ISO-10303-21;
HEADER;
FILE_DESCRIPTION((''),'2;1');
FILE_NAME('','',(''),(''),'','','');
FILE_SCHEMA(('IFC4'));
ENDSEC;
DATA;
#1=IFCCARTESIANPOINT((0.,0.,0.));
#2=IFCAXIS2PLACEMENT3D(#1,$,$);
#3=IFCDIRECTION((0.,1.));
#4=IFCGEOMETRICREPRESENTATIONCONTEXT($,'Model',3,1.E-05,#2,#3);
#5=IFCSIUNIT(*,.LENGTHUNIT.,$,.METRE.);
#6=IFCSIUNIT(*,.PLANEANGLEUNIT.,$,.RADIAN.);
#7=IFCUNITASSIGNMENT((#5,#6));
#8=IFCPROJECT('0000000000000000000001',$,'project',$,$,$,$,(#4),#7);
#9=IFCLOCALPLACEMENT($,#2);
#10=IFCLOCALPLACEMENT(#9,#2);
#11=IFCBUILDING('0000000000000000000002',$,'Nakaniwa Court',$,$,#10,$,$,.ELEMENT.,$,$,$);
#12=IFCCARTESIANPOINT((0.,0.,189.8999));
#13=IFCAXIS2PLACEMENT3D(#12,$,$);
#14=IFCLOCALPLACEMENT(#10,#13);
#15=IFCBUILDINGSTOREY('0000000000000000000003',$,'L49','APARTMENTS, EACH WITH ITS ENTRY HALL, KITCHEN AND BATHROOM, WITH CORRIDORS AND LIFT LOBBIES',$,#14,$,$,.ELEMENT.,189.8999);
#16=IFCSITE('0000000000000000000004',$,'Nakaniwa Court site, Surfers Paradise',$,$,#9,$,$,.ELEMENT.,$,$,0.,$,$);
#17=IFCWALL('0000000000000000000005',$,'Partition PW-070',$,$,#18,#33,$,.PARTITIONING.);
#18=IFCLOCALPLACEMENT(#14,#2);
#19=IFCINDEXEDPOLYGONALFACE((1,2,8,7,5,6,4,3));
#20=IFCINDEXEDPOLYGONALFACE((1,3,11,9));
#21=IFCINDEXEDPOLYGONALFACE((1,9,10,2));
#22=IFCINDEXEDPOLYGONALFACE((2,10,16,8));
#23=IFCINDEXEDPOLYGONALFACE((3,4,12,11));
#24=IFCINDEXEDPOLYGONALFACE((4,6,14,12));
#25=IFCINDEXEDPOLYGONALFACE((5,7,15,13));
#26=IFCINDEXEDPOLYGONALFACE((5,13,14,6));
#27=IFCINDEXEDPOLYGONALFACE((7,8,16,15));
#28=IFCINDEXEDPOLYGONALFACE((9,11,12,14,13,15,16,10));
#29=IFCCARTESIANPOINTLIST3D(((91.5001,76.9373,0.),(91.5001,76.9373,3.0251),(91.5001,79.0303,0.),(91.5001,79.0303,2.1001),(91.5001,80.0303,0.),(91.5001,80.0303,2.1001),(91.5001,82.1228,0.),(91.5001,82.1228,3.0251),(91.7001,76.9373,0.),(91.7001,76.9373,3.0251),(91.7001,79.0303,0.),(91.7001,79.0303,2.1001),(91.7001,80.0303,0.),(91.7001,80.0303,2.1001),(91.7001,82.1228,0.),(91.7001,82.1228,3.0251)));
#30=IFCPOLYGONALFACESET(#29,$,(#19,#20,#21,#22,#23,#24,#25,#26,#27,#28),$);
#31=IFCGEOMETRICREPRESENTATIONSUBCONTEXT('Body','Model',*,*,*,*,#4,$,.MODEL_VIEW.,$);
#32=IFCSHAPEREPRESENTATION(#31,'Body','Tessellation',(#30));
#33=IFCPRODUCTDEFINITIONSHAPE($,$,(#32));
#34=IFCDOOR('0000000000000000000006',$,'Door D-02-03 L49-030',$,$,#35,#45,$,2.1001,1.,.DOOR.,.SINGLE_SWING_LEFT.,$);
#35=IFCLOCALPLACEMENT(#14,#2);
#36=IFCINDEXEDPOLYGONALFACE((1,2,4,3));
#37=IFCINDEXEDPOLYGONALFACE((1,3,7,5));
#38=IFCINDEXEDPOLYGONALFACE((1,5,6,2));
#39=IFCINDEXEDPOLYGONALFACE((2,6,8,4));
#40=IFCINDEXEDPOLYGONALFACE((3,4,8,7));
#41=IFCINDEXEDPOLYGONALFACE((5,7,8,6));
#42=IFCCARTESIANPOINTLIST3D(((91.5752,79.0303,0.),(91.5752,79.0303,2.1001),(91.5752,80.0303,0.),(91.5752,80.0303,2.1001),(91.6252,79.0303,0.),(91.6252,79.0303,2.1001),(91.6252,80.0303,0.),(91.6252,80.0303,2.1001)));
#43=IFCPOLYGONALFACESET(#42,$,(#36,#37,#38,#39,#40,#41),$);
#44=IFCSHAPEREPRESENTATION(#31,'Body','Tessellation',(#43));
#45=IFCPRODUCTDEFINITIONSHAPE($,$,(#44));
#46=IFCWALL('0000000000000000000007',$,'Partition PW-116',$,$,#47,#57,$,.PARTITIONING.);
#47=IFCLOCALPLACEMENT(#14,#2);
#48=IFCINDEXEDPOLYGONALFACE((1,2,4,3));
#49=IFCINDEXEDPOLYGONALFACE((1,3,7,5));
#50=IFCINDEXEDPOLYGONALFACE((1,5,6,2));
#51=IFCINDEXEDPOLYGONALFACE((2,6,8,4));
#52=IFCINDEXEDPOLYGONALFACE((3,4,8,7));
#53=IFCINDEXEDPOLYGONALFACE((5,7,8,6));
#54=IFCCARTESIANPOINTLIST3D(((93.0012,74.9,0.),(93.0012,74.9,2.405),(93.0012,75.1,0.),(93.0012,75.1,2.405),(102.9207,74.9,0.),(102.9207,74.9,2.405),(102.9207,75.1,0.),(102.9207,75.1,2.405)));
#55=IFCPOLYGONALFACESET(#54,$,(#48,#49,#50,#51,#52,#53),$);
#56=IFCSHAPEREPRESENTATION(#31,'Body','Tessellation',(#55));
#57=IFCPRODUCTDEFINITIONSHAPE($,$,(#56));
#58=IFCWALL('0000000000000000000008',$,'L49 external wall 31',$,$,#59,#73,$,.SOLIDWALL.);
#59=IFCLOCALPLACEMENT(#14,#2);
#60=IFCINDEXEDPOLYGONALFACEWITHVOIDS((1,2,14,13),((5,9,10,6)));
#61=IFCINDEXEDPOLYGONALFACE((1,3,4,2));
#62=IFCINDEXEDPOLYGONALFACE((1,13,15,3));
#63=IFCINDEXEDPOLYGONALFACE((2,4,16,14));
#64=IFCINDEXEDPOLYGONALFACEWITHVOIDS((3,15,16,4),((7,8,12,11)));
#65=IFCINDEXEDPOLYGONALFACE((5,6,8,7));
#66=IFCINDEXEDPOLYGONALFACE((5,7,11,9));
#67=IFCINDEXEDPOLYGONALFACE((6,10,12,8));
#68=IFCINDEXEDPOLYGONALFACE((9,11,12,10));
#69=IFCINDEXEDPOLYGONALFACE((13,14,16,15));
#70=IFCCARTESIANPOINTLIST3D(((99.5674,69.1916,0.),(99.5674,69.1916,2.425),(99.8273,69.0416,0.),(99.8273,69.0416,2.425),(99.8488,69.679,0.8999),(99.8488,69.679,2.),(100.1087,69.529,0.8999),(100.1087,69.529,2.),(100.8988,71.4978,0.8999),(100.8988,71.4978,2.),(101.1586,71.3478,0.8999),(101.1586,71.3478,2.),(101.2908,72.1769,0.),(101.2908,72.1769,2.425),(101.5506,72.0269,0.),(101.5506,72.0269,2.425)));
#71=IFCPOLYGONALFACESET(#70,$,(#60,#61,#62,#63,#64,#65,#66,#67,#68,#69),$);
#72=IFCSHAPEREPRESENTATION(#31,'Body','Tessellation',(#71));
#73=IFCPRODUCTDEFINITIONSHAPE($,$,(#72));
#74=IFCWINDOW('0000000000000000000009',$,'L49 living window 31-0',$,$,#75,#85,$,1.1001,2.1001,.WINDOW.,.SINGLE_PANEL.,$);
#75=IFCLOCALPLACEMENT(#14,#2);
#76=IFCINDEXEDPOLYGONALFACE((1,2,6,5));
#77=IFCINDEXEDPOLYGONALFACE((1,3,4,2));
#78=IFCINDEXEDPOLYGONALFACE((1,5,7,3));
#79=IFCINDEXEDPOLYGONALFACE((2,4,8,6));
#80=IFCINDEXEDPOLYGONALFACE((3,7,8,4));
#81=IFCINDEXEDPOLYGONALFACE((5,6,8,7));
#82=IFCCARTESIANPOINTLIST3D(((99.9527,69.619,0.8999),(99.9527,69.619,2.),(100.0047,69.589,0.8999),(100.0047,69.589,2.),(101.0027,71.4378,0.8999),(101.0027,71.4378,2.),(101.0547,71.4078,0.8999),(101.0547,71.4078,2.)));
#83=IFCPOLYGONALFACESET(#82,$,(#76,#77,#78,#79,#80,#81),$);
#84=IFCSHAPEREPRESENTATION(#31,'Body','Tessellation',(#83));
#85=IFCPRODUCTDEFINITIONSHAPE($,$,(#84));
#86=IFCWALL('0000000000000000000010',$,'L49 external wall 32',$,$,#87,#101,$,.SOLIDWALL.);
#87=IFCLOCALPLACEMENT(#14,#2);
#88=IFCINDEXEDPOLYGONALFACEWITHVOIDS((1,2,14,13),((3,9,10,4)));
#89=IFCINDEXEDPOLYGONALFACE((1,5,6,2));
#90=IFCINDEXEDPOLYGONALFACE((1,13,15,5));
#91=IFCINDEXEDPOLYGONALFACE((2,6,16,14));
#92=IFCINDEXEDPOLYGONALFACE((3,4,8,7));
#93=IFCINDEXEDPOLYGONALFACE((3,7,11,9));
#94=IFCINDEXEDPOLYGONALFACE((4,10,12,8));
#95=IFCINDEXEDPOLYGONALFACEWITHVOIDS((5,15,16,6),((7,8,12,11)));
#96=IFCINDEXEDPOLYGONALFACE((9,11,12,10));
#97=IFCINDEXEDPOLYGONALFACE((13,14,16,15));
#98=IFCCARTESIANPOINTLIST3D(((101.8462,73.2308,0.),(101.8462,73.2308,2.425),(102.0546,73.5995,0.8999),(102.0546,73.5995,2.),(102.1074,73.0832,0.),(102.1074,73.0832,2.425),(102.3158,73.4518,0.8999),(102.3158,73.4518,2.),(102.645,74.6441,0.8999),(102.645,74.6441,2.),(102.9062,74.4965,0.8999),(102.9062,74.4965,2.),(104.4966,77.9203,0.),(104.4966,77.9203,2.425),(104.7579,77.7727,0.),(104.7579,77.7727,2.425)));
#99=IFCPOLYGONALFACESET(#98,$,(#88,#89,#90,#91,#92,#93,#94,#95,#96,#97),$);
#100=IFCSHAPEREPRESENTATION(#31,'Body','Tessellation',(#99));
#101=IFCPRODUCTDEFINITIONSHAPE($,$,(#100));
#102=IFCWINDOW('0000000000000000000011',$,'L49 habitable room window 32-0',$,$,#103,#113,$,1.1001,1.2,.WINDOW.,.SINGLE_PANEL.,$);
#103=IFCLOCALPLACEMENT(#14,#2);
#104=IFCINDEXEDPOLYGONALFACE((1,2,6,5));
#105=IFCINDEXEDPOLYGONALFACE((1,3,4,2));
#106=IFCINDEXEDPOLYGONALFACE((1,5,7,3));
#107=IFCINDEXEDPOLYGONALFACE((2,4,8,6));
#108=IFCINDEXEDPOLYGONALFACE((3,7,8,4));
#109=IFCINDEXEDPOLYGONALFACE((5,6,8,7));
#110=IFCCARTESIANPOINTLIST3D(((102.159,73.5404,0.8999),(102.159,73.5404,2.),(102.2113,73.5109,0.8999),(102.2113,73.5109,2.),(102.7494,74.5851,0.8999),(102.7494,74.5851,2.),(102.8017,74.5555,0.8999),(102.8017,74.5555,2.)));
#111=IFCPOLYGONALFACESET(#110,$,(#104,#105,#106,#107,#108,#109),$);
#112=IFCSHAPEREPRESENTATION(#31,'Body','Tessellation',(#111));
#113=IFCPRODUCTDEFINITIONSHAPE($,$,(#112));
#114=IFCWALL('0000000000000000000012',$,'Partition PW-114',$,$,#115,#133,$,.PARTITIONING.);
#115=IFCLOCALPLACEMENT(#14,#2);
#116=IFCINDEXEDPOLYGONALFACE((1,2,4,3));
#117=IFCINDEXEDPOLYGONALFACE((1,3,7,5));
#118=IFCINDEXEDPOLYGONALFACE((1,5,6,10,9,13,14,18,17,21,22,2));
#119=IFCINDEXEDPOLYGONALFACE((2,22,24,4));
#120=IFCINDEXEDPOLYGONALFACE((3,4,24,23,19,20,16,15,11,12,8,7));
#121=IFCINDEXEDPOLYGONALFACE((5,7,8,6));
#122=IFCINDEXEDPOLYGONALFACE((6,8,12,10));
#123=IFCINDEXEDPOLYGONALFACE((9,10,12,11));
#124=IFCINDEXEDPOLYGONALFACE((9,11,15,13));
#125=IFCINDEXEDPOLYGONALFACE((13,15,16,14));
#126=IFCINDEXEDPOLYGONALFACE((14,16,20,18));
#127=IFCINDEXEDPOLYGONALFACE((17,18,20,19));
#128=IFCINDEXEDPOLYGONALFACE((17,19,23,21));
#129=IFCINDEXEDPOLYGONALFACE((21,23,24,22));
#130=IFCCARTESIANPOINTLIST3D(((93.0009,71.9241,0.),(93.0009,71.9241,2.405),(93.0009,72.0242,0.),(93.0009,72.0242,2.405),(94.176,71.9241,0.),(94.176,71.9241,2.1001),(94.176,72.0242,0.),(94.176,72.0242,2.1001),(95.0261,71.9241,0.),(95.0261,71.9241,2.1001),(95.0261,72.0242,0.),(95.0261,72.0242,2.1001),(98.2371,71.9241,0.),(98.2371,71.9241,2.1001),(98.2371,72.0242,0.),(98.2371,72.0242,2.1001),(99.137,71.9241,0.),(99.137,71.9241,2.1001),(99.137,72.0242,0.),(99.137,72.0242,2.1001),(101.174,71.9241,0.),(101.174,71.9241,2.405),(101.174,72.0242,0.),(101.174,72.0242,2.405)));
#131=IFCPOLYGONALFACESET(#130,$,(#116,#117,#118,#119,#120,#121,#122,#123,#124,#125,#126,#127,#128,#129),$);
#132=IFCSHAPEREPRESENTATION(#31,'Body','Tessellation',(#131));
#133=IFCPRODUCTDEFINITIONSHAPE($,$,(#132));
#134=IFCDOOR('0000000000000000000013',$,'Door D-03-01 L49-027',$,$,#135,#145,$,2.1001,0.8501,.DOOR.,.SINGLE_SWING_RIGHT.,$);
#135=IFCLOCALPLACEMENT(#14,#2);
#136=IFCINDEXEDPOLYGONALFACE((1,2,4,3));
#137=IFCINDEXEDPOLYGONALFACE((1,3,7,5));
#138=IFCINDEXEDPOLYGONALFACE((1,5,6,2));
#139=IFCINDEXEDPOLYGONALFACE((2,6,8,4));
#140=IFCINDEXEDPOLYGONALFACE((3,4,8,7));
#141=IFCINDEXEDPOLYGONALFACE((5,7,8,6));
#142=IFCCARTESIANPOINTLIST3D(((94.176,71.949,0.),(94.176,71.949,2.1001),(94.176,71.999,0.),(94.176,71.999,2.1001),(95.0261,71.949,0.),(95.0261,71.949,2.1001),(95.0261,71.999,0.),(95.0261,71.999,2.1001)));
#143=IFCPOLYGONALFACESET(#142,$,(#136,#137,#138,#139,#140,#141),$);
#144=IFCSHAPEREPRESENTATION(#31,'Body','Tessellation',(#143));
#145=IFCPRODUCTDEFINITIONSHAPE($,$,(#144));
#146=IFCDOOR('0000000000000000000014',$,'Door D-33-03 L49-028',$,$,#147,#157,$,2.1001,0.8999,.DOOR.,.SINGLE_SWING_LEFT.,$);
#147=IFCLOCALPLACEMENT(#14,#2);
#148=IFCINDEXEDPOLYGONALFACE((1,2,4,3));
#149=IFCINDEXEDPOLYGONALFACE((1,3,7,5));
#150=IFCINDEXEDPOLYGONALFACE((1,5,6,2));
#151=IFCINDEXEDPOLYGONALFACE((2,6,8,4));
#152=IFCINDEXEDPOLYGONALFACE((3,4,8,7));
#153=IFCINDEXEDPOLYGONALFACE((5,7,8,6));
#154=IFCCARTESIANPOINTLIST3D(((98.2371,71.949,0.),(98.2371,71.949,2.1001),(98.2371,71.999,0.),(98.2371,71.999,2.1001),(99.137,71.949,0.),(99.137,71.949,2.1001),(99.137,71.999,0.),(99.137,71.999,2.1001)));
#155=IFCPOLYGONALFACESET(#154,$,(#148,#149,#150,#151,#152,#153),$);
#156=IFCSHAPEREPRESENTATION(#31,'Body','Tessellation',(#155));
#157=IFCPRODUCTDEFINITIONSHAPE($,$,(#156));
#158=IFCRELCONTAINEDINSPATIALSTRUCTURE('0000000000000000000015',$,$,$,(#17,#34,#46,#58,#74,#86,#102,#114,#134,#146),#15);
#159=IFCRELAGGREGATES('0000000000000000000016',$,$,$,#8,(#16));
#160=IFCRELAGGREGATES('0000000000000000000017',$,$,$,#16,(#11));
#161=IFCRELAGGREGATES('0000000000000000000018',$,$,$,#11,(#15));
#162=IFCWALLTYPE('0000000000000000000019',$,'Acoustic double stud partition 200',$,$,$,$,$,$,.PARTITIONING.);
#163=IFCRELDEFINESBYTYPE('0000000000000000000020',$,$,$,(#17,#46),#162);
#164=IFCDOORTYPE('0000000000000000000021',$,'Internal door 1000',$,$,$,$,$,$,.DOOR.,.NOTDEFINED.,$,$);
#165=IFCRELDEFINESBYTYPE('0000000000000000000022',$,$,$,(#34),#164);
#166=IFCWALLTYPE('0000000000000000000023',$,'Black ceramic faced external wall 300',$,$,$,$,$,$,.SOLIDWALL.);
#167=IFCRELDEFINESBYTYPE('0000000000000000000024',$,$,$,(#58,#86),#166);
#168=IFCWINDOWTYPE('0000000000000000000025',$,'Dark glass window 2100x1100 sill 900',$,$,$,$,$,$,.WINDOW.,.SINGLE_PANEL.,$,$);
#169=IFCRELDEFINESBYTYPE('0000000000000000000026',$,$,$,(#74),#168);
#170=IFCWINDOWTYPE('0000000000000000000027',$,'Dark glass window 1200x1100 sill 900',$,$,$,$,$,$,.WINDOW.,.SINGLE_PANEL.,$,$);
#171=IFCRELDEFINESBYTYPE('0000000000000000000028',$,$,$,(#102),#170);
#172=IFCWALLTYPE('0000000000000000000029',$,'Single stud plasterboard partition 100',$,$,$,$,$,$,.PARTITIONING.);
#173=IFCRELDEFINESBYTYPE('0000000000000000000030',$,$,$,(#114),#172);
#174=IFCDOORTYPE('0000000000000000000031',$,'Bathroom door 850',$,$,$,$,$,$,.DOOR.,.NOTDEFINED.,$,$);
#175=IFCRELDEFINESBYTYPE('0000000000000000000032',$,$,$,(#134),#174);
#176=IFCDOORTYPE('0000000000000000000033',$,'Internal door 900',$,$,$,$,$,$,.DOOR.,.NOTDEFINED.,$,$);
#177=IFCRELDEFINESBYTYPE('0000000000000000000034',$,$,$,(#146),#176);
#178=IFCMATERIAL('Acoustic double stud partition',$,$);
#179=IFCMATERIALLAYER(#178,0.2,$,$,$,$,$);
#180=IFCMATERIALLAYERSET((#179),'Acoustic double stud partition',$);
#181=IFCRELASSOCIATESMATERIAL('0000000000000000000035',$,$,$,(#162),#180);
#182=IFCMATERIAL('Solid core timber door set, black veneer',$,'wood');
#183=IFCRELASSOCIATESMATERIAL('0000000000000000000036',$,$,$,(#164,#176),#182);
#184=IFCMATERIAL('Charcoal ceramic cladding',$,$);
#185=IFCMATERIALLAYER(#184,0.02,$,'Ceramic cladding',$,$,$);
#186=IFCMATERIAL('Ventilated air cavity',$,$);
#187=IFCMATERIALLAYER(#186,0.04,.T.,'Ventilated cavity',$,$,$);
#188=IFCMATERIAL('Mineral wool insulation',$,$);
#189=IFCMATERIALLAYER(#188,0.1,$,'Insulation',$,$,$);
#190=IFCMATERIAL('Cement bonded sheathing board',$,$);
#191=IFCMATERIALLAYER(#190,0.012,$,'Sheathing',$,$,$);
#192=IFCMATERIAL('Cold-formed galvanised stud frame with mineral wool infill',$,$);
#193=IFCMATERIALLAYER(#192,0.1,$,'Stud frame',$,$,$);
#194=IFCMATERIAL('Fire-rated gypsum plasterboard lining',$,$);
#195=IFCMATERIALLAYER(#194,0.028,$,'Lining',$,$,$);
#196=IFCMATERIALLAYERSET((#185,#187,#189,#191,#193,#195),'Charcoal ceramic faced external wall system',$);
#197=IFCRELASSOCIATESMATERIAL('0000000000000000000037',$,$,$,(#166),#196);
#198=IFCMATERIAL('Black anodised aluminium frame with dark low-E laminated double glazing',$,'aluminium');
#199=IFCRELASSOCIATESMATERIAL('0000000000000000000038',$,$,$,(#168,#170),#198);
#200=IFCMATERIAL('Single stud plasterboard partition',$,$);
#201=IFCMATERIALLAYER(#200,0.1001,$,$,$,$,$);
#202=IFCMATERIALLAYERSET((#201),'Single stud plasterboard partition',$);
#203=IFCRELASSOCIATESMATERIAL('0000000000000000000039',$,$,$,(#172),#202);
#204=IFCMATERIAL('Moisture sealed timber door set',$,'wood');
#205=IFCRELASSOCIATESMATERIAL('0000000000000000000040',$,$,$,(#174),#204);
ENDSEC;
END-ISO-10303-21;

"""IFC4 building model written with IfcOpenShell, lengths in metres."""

from ifc_helpers import new_model, si_unit, direction, frame, frame_2d, origin, place, context, subcontext, project, spatial, rectangle, extrude, material, layer, layer_set, type_object, element, fill, save


model = new_model("IFC4")

# Units and contexts
model_context = context("Model", 3, precision=1e-05, world=origin(), true_north=direction((0.0, 1.0)))
body_context = subcontext(model_context, "Body", "Model", "MODEL_VIEW")
ifc_project = project(units=[si_unit("LENGTHUNIT", "METRE"), si_unit("PLANEANGLEUNIT", "RADIAN")], contexts=[model_context])

# Site, building, storey
site_placement = place(None, origin())
site = spatial("IfcSite", under=ifc_project, at=site_placement, Name="Nakaniwa Court site, Surfers Paradise", CompositionType="ELEMENT", RefElevation=0.0)
building_placement = place(site_placement, origin())
building = spatial("IfcBuilding", under=site, at=building_placement, Name="Nakaniwa Court", CompositionType="ELEMENT")
storey_placement = place(building_placement, frame((0.0, 0.0, 189.8999)))
storey = spatial("IfcBuildingStorey", under=building, at=storey_placement, Name="L49", Description="APARTMENTS, EACH WITH ITS ENTRY HALL, KITCHEN AND BATHROOM, WITH CORRIDORS AND LIFT LOBBIES", CompositionType="ELEMENT", Elevation=189.8999)

# Shared definitions
ifc_material_1 = material(Name="Acoustic double stud partition")
ifc_layer_1 = layer(ifc_material_1, 0.2)
ifc_layer_set_1 = layer_set([ifc_layer_1], Name="Acoustic double stud partition")
wall_type_1 = type_object("IfcWallType", Name="Acoustic double stud partition 200", PredefinedType="PARTITIONING", material=ifc_layer_set_1)

# Wall, opening, door
wall_1_placement = place(storey_placement, frame((91.6001, 76.9373, 0.0), z_axis=(0.0, 0.0, 1.0), x_axis=(0.0, 1.0, 0.0)))
wall_1 = element("IfcWall", 1, at=wall_1_placement, inside=storey, type_object=wall_type_1, Name="Partition PW-070", PredefinedType="PARTITIONING", context=body_context, shape_type="SweptSolid", body=[
    extrude(rectangle(XDim=5.1855, YDim=0.2, at=frame_2d((2.5928, 0.0))), origin(), (0.0, 0.0, 1.0), 3.0251),
])
opening_1_placement = place(wall_1_placement, frame((2.093, 0.0, 0.0)))
opening_1 = element("IfcOpeningElement", 2, at=opening_1_placement, cuts=wall_1, PredefinedType="OPENING", context=body_context, shape_type="SweptSolid", body=[
    extrude(rectangle(XDim=1.0, YDim=2.1001, at=frame_2d((0.5, 1.05))), frame((0.0, 0.1099, 0.0), z_axis=(0.0, -1.0, 0.0), x_axis=(1.0, 0.0, 0.0)), (0.0, 0.0, 1.0), 0.22),
])
ifc_material_2 = material(Name="Solid core timber door set, black veneer", Category="wood")
door_type_1 = type_object("IfcDoorType", Name="Internal door 1000", OperationType="NOTDEFINED", PredefinedType="DOOR", material=ifc_material_2)
door_1_placement = place(opening_1_placement, origin())
door_1 = element("IfcDoor", 3, at=door_1_placement, inside=storey, type_object=door_type_1, Name="Door D-02-03 L49-030", OperationType="SINGLE_SWING_LEFT", OverallHeight=2.1001, OverallWidth=1.0, PredefinedType="DOOR", context=body_context, shape_type="SweptSolid", body=[
    extrude(rectangle(XDim=1.0, YDim=2.1001, at=frame_2d((0.5, 1.05))), frame((0.0, 0.0249, 0.0), z_axis=(0.0, -1.0, 0.0), x_axis=(1.0, 0.0, 0.0)), (0.0, 0.0, 1.0), 0.05),
])
fill(opening_1, door_1)

# Wall
wall_2_placement = place(storey_placement, frame((93.0012, 75.0, 0.0), z_axis=(0.0, 0.0, 1.0), x_axis=(1.0, 0.0, 0.0)))
element("IfcWall", 4, at=wall_2_placement, inside=storey, type_object=wall_type_1, Name="Partition PW-116", PredefinedType="PARTITIONING", context=body_context, shape_type="SweptSolid", body=[
    extrude(rectangle(XDim=9.9194, YDim=0.2, at=frame_2d((4.9597, 0.0))), origin(), (0.0, 0.0, 1.0), 2.405),
])

# Walls, openings, windows
ifc_material_3 = material(Name="Charcoal ceramic cladding")
ifc_layer_2 = layer(ifc_material_3, 0.02, Name="Ceramic cladding")
ifc_material_4 = material(Name="Ventilated air cavity")
ifc_layer_3 = layer(ifc_material_4, 0.04, ventilated=True, Name="Ventilated cavity")
ifc_material_5 = material(Name="Mineral wool insulation")
ifc_layer_4 = layer(ifc_material_5, 0.1, Name="Insulation")
ifc_material_6 = material(Name="Cement bonded sheathing board")
ifc_layer_5 = layer(ifc_material_6, 0.012, Name="Sheathing")
ifc_material_7 = material(Name="Cold-formed galvanised stud frame with mineral wool infill")
ifc_layer_6 = layer(ifc_material_7, 0.1, Name="Stud frame")
ifc_material_8 = material(Name="Fire-rated gypsum plasterboard lining")
ifc_layer_7 = layer(ifc_material_8, 0.028, Name="Lining")
ifc_layer_set_2 = layer_set([ifc_layer_2, ifc_layer_3, ifc_layer_4, ifc_layer_5, ifc_layer_6, ifc_layer_7], Name="Charcoal ceramic faced external wall system")
wall_type_2 = type_object("IfcWallType", Name="Black ceramic faced external wall 300", PredefinedType="SOLIDWALL", material=ifc_layer_set_2)
wall_3_placement = place(storey_placement, frame((99.6973, 69.1165, 0.0), z_axis=(0.0, 0.0, 1.0), x_axis=(0.499955, 0.866051, 0.0)))
wall_3 = element("IfcWall", 5, at=wall_3_placement, inside=storey, type_object=wall_type_2, Name="L49 external wall 31", PredefinedType="SOLIDWALL", context=body_context, shape_type="SweptSolid", body=[
    extrude(rectangle(XDim=3.447, YDim=0.3, at=frame_2d((1.7236, 0.0))), origin(), (0.0, 0.0, 1.0), 2.425),
])
opening_2_placement = place(wall_3_placement, frame((0.563, 0.0, 0.8999)))
opening_2 = element("IfcOpeningElement", 6, at=opening_2_placement, cuts=wall_3, PredefinedType="OPENING", context=body_context, shape_type="SweptSolid", body=[
    extrude(rectangle(XDim=2.1001, YDim=1.1001, at=frame_2d((1.05, 0.55))), frame((0.0, 0.1599, 0.0), z_axis=(0.0, -1.0, 0.0), x_axis=(1.0, 0.0, 0.0)), (0.0, 0.0, 1.0), 0.3201),
])
ifc_material_9 = material(Name="Black anodised aluminium frame with dark low-E laminated double glazing", Category="aluminium")
window_type_1 = type_object("IfcWindowType", Name="Dark glass window 2100x1100 sill 900", PartitioningType="SINGLE_PANEL", PredefinedType="WINDOW", material=ifc_material_9)
window_1_placement = place(opening_2_placement, origin())
window_1 = element("IfcWindow", 7, at=window_1_placement, inside=storey, type_object=window_type_1, Name="L49 living window 31-0", OverallHeight=1.1001, OverallWidth=2.1001, PartitioningType="SINGLE_PANEL", PredefinedType="WINDOW", context=body_context, shape_type="SweptSolid", body=[
    extrude(rectangle(XDim=2.1001, YDim=1.1001, at=frame_2d((1.05, 0.55))), frame((0.0, 0.03, 0.0), z_axis=(0.0, -1.0, 0.0), x_axis=(1.0, 0.0, 0.0)), (0.0, 0.0, 1.0), 0.0601),
])
fill(opening_2, window_1)
wall_4_placement = place(storey_placement, frame((101.9768, 73.157, 0.0), z_axis=(0.0, 0.0, 1.0), x_axis=(0.492033, 0.870576, 0.0)))
wall_4 = element("IfcWall", 8, at=wall_4_placement, inside=storey, type_object=wall_type_2, Name="L49 external wall 32", PredefinedType="SOLIDWALL", context=body_context, shape_type="SweptSolid", body=[
    extrude(rectangle(XDim=5.3867, YDim=0.3, at=frame_2d((2.6934, 0.0))), origin(), (0.0, 0.0, 1.0), 2.425),
])
opening_3_placement = place(wall_4_placement, frame((0.4233, 0.0, 0.8999)))
opening_3 = element("IfcOpeningElement", 9, at=opening_3_placement, cuts=wall_4, PredefinedType="OPENING", context=body_context, shape_type="SweptSolid", body=[
    extrude(rectangle(XDim=1.2, YDim=1.1001, at=frame_2d((0.6001, 0.55))), frame((0.0, 0.1599, 0.0), z_axis=(0.0, -1.0, 0.0), x_axis=(1.0, 0.0, 0.0)), (0.0, 0.0, 1.0), 0.3201),
])
window_type_2 = type_object("IfcWindowType", Name="Dark glass window 1200x1100 sill 900", PartitioningType="SINGLE_PANEL", PredefinedType="WINDOW", material=ifc_material_9)
window_2_placement = place(opening_3_placement, origin())
window_2 = element("IfcWindow", 10, at=window_2_placement, inside=storey, type_object=window_type_2, Name="L49 habitable room window 32-0", OverallHeight=1.1001, OverallWidth=1.2, PartitioningType="SINGLE_PANEL", PredefinedType="WINDOW", context=body_context, shape_type="SweptSolid", body=[
    extrude(rectangle(XDim=1.2, YDim=1.1001, at=frame_2d((0.6001, 0.55))), frame((0.0, 0.03, 0.0), z_axis=(0.0, -1.0, 0.0), x_axis=(1.0, 0.0, 0.0)), (0.0, 0.0, 1.0), 0.0601),
])
fill(opening_3, window_2)

# Wall, openings, doors
ifc_material_10 = material(Name="Single stud plasterboard partition")
ifc_layer_8 = layer(ifc_material_10, 0.1001)
ifc_layer_set_3 = layer_set([ifc_layer_8], Name="Single stud plasterboard partition")
wall_type_3 = type_object("IfcWallType", Name="Single stud plasterboard partition 100", PredefinedType="PARTITIONING", material=ifc_layer_set_3)
wall_5_placement = place(storey_placement, frame((93.001, 71.9741, 0.0), z_axis=(0.0, 0.0, 1.0), x_axis=(1.0, 0.0, 0.0)))
wall_5 = element("IfcWall", 11, at=wall_5_placement, inside=storey, type_object=wall_type_3, Name="Partition PW-114", PredefinedType="PARTITIONING", context=body_context, shape_type="SweptSolid", body=[
    extrude(rectangle(XDim=8.1731, YDim=0.1001, at=frame_2d((4.0864, 0.0))), origin(), (0.0, 0.0, 1.0), 2.405),
])
opening_4_placement = place(wall_5_placement, frame((1.175, 0.0, 0.0)))
opening_4 = element("IfcOpeningElement", 12, at=opening_4_placement, cuts=wall_5, PredefinedType="OPENING", context=body_context, shape_type="SweptSolid", body=[
    extrude(rectangle(XDim=0.8501, YDim=2.1001, at=frame_2d((0.425, 1.05))), frame((0.0, 0.0601, 0.0), z_axis=(0.0, -1.0, 0.0), x_axis=(1.0, 0.0, 0.0)), (0.0, 0.0, 1.0), 0.1201),
])
opening_5_placement = place(wall_5_placement, frame((5.2361, 0.0, 0.0)))
opening_5 = element("IfcOpeningElement", 13, at=opening_5_placement, cuts=wall_5, PredefinedType="OPENING", context=body_context, shape_type="SweptSolid", body=[
    extrude(rectangle(XDim=0.8999, YDim=2.1001, at=frame_2d((0.45, 1.05))), frame((0.0, 0.0601, 0.0), z_axis=(0.0, -1.0, 0.0), x_axis=(1.0, 0.0, 0.0)), (0.0, 0.0, 1.0), 0.1201),
])
ifc_material_11 = material(Name="Moisture sealed timber door set", Category="wood")
door_type_2 = type_object("IfcDoorType", Name="Bathroom door 850", OperationType="NOTDEFINED", PredefinedType="DOOR", material=ifc_material_11)
door_2_placement = place(opening_4_placement, origin())
door_2 = element("IfcDoor", 14, at=door_2_placement, inside=storey, type_object=door_type_2, Name="Door D-03-01 L49-027", OperationType="SINGLE_SWING_RIGHT", OverallHeight=2.1001, OverallWidth=0.8501, PredefinedType="DOOR", context=body_context, shape_type="SweptSolid", body=[
    extrude(rectangle(XDim=0.8501, YDim=2.1001, at=frame_2d((0.425, 1.05))), frame((0.0, 0.0249, 0.0), z_axis=(0.0, -1.0, 0.0), x_axis=(1.0, 0.0, 0.0)), (0.0, 0.0, 1.0), 0.05),
])
fill(opening_4, door_2)
door_type_3 = type_object("IfcDoorType", Name="Internal door 900", OperationType="NOTDEFINED", PredefinedType="DOOR", material=ifc_material_2)
door_3_placement = place(opening_5_placement, origin())
door_3 = element("IfcDoor", 15, at=door_3_placement, inside=storey, type_object=door_type_3, Name="Door D-33-03 L49-028", OperationType="SINGLE_SWING_LEFT", OverallHeight=2.1001, OverallWidth=0.8999, PredefinedType="DOOR", context=body_context, shape_type="SweptSolid", body=[
    extrude(rectangle(XDim=0.8999, YDim=2.1001, at=frame_2d((0.45, 1.05))), frame((0.0, 0.0249, 0.0), z_axis=(0.0, -1.0, 0.0), x_axis=(1.0, 0.0, 0.0)), (0.0, 0.0, 1.0), 0.05),
])
fill(opening_5, door_3)

save(model, "model.ifc")
